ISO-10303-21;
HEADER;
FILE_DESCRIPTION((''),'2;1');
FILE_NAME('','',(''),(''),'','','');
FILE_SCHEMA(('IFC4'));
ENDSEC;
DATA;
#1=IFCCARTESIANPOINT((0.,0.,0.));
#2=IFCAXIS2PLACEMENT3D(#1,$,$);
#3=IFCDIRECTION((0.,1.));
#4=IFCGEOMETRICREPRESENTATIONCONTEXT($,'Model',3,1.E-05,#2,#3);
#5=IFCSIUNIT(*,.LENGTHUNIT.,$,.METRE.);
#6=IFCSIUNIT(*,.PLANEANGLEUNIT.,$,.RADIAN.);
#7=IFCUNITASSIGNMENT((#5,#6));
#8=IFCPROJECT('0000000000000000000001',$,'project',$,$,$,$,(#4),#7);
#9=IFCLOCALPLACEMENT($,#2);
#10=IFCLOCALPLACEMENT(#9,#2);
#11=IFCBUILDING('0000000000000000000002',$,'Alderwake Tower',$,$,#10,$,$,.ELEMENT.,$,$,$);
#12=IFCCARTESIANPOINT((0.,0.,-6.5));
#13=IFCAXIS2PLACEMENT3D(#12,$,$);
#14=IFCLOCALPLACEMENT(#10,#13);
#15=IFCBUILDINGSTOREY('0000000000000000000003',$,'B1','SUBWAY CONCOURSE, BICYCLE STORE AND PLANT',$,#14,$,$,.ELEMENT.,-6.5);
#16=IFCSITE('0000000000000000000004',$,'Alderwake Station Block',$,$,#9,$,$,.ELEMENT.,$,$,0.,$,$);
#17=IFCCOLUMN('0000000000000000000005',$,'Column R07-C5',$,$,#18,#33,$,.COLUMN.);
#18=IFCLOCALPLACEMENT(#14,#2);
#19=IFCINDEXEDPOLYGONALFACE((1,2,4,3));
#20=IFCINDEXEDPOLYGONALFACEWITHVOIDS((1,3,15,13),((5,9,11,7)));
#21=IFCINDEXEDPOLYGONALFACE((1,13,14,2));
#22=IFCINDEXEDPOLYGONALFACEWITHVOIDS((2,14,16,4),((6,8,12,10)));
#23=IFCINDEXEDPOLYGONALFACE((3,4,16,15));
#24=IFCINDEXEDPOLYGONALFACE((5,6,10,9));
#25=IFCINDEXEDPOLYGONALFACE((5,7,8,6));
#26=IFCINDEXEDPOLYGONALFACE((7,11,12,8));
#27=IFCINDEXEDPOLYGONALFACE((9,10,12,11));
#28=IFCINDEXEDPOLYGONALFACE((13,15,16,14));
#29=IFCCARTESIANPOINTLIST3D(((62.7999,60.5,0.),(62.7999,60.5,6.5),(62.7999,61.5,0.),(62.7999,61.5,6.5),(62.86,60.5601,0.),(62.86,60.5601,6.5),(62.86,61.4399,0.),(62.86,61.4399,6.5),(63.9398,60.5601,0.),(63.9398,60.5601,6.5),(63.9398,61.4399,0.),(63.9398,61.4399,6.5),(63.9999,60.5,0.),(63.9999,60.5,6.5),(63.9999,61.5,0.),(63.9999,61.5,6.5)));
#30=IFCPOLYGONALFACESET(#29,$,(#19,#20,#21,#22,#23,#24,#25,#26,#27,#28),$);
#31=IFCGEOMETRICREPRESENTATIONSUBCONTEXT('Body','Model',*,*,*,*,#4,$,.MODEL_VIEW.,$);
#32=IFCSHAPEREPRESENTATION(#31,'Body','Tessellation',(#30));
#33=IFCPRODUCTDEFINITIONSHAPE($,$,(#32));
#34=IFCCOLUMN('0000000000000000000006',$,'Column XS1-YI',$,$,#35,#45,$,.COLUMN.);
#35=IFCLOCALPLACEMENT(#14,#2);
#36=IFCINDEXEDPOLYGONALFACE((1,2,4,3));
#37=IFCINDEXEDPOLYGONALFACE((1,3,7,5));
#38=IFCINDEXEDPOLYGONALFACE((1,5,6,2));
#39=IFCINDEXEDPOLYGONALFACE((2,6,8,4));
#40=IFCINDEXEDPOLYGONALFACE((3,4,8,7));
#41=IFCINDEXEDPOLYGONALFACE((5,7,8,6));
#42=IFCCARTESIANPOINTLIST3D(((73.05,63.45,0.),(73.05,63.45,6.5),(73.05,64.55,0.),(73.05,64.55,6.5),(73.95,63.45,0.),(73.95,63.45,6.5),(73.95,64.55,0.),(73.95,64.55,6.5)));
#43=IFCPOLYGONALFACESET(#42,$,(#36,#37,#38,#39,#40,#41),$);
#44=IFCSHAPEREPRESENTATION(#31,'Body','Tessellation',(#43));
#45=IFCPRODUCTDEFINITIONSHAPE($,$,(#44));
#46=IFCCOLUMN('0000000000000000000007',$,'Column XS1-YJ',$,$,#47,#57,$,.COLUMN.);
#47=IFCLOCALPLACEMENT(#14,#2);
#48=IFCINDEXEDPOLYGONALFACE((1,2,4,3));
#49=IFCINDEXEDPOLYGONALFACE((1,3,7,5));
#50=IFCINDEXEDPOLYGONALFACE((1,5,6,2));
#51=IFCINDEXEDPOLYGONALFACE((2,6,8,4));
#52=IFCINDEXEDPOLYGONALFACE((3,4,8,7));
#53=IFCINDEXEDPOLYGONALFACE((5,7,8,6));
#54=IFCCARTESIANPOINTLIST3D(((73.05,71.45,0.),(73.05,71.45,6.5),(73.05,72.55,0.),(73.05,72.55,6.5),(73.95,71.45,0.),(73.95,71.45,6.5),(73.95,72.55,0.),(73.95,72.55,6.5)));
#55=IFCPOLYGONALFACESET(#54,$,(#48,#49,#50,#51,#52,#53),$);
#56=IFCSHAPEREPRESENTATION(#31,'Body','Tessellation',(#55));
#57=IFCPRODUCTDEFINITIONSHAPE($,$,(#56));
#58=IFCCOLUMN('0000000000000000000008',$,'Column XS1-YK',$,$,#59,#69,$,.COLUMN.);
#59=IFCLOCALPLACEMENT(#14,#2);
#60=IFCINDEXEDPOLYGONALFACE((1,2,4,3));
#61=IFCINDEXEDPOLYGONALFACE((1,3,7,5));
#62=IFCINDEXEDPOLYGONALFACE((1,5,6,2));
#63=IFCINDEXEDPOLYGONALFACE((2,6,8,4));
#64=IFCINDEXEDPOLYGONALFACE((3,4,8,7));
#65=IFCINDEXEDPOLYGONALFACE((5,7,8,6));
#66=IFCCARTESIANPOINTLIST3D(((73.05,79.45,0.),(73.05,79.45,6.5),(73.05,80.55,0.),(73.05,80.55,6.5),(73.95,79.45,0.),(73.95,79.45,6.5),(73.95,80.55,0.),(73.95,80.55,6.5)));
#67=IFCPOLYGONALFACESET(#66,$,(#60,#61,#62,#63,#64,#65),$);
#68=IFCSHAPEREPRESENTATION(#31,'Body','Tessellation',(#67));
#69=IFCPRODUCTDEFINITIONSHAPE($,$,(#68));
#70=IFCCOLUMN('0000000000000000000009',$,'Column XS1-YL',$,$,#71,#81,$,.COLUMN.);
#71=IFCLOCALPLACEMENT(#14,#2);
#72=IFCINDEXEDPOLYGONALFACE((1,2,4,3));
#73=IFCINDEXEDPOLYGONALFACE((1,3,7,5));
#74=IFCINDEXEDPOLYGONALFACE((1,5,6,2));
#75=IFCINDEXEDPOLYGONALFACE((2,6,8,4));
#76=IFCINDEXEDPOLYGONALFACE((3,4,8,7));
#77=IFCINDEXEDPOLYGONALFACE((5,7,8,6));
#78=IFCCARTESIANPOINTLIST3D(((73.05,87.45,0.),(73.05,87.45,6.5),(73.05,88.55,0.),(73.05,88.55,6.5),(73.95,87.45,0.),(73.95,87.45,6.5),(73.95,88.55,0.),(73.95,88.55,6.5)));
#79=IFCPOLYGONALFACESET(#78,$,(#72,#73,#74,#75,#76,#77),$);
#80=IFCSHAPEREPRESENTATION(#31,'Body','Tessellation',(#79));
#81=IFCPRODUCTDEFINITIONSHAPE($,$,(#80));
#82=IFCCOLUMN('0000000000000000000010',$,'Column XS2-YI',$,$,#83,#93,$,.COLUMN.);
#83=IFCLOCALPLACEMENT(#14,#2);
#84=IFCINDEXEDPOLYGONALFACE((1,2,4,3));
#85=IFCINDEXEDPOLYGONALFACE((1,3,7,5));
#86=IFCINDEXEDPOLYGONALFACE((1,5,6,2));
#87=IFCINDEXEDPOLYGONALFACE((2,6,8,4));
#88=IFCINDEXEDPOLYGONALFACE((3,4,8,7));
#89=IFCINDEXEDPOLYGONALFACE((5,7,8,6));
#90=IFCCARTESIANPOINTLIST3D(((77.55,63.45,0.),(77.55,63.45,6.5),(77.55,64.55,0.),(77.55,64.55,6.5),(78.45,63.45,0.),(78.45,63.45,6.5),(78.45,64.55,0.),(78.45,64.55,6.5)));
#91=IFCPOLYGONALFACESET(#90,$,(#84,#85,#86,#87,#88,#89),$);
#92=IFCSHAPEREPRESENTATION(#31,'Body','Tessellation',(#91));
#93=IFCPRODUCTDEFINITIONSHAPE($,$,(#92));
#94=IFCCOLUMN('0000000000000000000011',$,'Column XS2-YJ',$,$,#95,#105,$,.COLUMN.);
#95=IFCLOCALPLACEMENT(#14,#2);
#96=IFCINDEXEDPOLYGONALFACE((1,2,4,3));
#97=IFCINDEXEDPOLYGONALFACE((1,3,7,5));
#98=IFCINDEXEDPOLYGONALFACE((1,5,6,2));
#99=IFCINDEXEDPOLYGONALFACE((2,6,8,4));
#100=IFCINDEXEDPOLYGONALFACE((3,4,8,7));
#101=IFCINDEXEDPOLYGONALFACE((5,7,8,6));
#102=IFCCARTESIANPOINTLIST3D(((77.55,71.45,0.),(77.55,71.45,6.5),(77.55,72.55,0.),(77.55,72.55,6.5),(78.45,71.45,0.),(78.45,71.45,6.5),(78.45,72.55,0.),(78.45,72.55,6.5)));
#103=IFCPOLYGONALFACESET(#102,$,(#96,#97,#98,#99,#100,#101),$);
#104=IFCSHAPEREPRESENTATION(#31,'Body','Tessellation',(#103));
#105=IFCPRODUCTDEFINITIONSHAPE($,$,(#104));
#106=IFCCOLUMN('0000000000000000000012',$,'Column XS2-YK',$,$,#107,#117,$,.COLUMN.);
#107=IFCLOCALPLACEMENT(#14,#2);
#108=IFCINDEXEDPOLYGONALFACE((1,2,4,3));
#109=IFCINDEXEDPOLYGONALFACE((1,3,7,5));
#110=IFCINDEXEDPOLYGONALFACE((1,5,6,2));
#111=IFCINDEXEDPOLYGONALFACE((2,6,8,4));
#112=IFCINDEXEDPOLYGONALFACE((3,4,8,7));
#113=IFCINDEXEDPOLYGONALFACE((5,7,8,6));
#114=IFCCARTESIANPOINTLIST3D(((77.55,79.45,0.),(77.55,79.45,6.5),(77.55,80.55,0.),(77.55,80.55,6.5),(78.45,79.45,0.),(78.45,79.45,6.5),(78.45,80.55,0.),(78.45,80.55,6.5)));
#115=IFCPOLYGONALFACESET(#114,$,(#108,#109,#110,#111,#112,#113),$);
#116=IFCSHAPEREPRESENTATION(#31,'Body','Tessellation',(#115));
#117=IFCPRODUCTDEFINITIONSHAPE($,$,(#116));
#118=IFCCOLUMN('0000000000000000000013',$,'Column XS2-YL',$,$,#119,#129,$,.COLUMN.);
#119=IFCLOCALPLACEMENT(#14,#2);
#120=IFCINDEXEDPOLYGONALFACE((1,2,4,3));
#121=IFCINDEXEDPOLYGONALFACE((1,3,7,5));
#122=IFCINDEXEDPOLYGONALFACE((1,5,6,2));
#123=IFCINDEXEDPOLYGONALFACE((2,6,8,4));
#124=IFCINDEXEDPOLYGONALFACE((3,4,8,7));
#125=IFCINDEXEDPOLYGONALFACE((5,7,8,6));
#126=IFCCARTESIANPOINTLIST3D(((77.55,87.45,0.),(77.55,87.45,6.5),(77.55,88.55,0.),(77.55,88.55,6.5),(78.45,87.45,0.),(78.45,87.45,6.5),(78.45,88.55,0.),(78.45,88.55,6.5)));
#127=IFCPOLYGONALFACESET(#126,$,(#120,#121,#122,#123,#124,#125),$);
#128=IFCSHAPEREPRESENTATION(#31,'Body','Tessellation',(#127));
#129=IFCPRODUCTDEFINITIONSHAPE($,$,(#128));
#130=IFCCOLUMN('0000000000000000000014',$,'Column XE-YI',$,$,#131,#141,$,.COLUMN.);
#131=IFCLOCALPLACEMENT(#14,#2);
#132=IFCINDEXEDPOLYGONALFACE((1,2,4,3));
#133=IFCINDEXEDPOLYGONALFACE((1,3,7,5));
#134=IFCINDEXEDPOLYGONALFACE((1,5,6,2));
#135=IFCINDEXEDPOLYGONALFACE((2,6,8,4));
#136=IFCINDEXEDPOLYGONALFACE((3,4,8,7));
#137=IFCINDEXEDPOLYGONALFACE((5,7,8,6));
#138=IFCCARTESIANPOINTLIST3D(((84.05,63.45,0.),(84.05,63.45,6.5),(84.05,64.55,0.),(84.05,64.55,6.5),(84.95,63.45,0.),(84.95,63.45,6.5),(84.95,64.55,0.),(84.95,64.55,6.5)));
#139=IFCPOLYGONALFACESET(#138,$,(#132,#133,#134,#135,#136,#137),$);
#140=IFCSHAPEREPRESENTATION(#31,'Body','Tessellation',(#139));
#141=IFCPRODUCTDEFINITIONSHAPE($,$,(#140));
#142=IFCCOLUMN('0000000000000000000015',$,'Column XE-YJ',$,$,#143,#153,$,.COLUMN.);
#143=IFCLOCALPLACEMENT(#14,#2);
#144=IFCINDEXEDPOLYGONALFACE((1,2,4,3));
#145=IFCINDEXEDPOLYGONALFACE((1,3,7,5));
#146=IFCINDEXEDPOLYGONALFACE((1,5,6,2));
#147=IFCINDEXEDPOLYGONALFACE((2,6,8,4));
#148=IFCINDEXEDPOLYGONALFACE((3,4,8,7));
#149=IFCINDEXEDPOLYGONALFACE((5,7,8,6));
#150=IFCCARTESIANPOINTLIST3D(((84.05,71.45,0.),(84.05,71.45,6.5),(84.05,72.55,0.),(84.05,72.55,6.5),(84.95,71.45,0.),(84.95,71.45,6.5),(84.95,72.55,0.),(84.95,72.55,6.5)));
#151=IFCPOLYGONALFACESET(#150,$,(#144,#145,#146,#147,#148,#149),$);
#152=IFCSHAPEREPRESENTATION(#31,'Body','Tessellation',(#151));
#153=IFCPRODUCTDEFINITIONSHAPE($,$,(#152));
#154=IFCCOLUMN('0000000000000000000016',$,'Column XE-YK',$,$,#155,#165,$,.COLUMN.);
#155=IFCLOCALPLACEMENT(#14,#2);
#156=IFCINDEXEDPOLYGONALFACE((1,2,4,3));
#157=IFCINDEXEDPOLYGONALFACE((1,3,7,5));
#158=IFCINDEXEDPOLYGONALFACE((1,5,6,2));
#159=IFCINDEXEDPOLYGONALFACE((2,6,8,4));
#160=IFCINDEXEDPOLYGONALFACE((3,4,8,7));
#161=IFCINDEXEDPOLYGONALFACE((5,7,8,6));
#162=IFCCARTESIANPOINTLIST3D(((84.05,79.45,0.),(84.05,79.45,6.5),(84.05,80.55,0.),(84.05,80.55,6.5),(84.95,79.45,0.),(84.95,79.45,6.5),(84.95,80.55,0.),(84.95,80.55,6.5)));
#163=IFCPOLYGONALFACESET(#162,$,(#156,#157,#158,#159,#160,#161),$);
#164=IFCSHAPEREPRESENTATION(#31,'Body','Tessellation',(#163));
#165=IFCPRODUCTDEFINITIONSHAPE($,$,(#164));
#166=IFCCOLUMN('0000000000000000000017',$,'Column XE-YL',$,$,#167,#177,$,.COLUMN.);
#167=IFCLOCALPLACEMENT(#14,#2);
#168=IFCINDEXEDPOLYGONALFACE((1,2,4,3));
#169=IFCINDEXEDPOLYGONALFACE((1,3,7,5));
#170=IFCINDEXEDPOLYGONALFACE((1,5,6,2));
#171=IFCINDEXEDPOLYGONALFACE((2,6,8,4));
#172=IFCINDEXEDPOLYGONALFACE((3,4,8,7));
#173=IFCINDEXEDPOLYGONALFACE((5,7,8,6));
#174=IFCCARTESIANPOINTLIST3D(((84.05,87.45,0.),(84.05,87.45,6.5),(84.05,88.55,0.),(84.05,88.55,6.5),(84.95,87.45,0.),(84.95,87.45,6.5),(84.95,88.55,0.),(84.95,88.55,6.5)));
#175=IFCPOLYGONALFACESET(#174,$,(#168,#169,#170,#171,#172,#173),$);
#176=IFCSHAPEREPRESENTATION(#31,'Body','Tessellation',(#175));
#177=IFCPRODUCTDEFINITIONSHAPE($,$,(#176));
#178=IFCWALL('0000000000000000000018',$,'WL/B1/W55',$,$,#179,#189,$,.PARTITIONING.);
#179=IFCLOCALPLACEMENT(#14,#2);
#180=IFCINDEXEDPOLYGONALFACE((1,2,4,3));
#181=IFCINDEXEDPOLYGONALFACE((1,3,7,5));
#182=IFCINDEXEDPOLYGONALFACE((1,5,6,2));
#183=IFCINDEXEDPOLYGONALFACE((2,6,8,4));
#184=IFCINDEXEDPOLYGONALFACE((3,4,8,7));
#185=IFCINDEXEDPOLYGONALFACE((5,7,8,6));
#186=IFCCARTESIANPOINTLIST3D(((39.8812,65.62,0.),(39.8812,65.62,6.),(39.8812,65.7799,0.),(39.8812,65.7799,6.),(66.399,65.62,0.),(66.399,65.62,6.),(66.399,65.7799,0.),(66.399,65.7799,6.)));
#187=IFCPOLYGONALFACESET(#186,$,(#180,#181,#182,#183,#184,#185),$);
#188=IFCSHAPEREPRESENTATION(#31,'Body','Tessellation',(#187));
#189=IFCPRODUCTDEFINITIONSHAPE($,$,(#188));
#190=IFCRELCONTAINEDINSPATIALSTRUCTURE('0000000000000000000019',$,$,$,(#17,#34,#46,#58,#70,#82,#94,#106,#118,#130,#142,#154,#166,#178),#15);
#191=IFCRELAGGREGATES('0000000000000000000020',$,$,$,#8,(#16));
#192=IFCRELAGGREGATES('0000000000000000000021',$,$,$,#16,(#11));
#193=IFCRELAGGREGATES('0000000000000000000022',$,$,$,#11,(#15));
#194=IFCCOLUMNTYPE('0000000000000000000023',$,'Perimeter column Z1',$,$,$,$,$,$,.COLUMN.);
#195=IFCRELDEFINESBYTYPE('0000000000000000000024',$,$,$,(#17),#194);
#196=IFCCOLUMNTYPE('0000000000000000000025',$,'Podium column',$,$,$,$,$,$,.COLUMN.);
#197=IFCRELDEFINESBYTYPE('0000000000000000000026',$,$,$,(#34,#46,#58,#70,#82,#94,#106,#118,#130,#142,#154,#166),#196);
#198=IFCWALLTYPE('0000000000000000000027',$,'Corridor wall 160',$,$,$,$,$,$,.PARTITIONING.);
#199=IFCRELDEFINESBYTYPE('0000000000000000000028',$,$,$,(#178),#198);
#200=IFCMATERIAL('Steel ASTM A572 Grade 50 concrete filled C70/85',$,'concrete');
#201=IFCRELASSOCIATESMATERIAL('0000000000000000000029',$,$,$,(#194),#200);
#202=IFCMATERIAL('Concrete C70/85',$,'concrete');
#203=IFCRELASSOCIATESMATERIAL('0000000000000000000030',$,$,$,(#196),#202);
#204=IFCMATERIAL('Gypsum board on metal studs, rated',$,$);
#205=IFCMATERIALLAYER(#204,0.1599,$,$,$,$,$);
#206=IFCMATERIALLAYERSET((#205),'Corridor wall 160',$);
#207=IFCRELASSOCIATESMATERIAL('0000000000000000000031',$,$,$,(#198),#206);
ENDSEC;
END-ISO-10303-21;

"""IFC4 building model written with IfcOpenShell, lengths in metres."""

from ifc_helpers import new_model, si_unit, direction, frame, frame_2d, origin, origin_2d, place, context, subcontext, project, spatial, rectangle, hollow_rectangle, extrude, material, layer, layer_set, material_profile, profile_set, type_object, element, save


model = new_model("IFC4")

# Units and contexts
model_context = context("Model", 3, precision=1e-05, world=origin(), true_north=direction((0.0, 1.0)))
body_context = subcontext(model_context, "Body", "Model", "MODEL_VIEW")
ifc_project = project(units=[si_unit("LENGTHUNIT", "METRE"), si_unit("PLANEANGLEUNIT", "RADIAN")], contexts=[model_context])

# Site, building, storey
site_placement = place(None, origin())
site = spatial("IfcSite", under=ifc_project, at=site_placement, Name="Alderwake Station Block", CompositionType="ELEMENT", RefElevation=0.0)
building_placement = place(site_placement, origin())
building = spatial("IfcBuilding", under=site, at=building_placement, Name="Alderwake Tower", CompositionType="ELEMENT")
storey_placement = place(building_placement, frame((0.0, 0.0, -6.5)))
storey = spatial("IfcBuildingStorey", under=building, at=storey_placement, Name="B1", Description="SUBWAY CONCOURSE, BICYCLE STORE AND PLANT", CompositionType="ELEMENT", Elevation=-6.5)

# Columns
ifc_material_1 = material(Name="Steel ASTM A572 Grade 50 concrete filled C70/85", Category="concrete")
ifc_material_profile_1 = material_profile(ifc_material_1, hollow_rectangle(XDim=1.0, YDim=1.2, WallThickness=0.0601, at=origin_2d()), Name="BOX 1200X1000X60")
ifc_profile_set_1 = profile_set([ifc_material_profile_1], Name="Steel ASTM A572 Grade 50 concrete filled C70/85")
column_type_1 = type_object("IfcColumnType", Name="Perimeter column Z1", PredefinedType="COLUMN", material=ifc_profile_set_1)
column_placement = place(storey_placement, frame((63.3999, 61.0, 0.0), z_axis=(0.0, 0.0, 1.0), x_axis=(0.0, 1.0, 0.0)))
element("IfcColumn", 1, at=column_placement, inside=storey, type_object=column_type_1, Name="Column R07-C5", PredefinedType="COLUMN", context=body_context, shape_type="SweptSolid", body=[
    extrude(hollow_rectangle(XDim=1.0, YDim=1.2, WallThickness=0.0601, at=origin_2d()), origin(), (0.0, 0.0, 1.0), 6.5),
])
ifc_material_2 = material(Name="Concrete C70/85", Category="concrete")
ifc_material_profile_2 = material_profile(ifc_material_2, rectangle(XDim=0.8999, YDim=1.1001, at=origin_2d()), Name="RC 1100X900")
ifc_profile_set_2 = profile_set([ifc_material_profile_2], Name="Concrete C70/85")
column_type_2 = type_object("IfcColumnType", Name="Podium column", PredefinedType="COLUMN", material=ifc_profile_set_2)
for number, where, z_axis, x_axis, name in (
    (2, (73.5, 64.0, 0.0), (0.0, 0.0, 1.0), (1.0, 0.0, 0.0), "Column XS1-YI"),
    (3, (73.5, 72.0, 0.0), (0.0, 0.0, 1.0), (1.0, 0.0, 0.0), "Column XS1-YJ"),
    (4, (73.5, 80.0, 0.0), (0.0, 0.0, 1.0), (1.0, 0.0, 0.0), "Column XS1-YK"),
    (5, (73.5, 88.0, 0.0), (0.0, 0.0, 1.0), (1.0, 0.0, 0.0), "Column XS1-YL"),
    (6, (78.0, 64.0, 0.0), (0.0, 0.0, 1.0), (1.0, 0.0, 0.0), "Column XS2-YI"),
    (7, (78.0, 72.0, 0.0), (0.0, 0.0, 1.0), (1.0, 0.0, 0.0), "Column XS2-YJ"),
    (8, (78.0, 80.0, 0.0), (0.0, 0.0, 1.0), (1.0, 0.0, 0.0), "Column XS2-YK"),
    (9, (78.0, 88.0, 0.0), (0.0, 0.0, 1.0), (1.0, 0.0, 0.0), "Column XS2-YL"),
    (10, (84.5, 64.0, 0.0), (0.0, 0.0, 1.0), (1.0, 0.0, 0.0), "Column XE-YI"),
    (11, (84.5, 72.0, 0.0), (0.0, 0.0, 1.0), (1.0, 0.0, 0.0), "Column XE-YJ"),
    (12, (84.5, 80.0, 0.0), (0.0, 0.0, 1.0), (1.0, 0.0, 0.0), "Column XE-YK"),
    (13, (84.5, 88.0, 0.0), (0.0, 0.0, 1.0), (1.0, 0.0, 0.0), "Column XE-YL"),
):
    element("IfcColumn", number, at=place(storey_placement, frame(where, z_axis=z_axis, x_axis=x_axis)), inside=storey, type_object=column_type_2, Name=name, PredefinedType="COLUMN", context=body_context, shape_type="SweptSolid", body=[
        extrude(rectangle(XDim=0.8999, YDim=1.1001, at=origin_2d()), origin(), (0.0, 0.0, 1.0), 6.5),
    ])

# Wall
ifc_material_3 = material(Name="Gypsum board on metal studs, rated")
ifc_layer_1 = layer(ifc_material_3, 0.1599)
ifc_layer_set_1 = layer_set([ifc_layer_1], Name="Corridor wall 160")
wall_type_1 = type_object("IfcWallType", Name="Corridor wall 160", PredefinedType="PARTITIONING", material=ifc_layer_set_1)
wall_1_placement = place(storey_placement, frame((66.3989, 65.7, 0.0), z_axis=(0.0, 0.0, 1.0), x_axis=(-1.0, 0.0, 0.0)))
element("IfcWall", 14, at=wall_1_placement, inside=storey, type_object=wall_type_1, Name="WL/B1/W55", PredefinedType="PARTITIONING", context=body_context, shape_type="SweptSolid", body=[
    extrude(rectangle(XDim=26.5178, YDim=0.1599, at=frame_2d((13.2588, 0.0))), origin(), (0.0, 0.0, 1.0), 6.0),
])

save(model, "model.ifc")
